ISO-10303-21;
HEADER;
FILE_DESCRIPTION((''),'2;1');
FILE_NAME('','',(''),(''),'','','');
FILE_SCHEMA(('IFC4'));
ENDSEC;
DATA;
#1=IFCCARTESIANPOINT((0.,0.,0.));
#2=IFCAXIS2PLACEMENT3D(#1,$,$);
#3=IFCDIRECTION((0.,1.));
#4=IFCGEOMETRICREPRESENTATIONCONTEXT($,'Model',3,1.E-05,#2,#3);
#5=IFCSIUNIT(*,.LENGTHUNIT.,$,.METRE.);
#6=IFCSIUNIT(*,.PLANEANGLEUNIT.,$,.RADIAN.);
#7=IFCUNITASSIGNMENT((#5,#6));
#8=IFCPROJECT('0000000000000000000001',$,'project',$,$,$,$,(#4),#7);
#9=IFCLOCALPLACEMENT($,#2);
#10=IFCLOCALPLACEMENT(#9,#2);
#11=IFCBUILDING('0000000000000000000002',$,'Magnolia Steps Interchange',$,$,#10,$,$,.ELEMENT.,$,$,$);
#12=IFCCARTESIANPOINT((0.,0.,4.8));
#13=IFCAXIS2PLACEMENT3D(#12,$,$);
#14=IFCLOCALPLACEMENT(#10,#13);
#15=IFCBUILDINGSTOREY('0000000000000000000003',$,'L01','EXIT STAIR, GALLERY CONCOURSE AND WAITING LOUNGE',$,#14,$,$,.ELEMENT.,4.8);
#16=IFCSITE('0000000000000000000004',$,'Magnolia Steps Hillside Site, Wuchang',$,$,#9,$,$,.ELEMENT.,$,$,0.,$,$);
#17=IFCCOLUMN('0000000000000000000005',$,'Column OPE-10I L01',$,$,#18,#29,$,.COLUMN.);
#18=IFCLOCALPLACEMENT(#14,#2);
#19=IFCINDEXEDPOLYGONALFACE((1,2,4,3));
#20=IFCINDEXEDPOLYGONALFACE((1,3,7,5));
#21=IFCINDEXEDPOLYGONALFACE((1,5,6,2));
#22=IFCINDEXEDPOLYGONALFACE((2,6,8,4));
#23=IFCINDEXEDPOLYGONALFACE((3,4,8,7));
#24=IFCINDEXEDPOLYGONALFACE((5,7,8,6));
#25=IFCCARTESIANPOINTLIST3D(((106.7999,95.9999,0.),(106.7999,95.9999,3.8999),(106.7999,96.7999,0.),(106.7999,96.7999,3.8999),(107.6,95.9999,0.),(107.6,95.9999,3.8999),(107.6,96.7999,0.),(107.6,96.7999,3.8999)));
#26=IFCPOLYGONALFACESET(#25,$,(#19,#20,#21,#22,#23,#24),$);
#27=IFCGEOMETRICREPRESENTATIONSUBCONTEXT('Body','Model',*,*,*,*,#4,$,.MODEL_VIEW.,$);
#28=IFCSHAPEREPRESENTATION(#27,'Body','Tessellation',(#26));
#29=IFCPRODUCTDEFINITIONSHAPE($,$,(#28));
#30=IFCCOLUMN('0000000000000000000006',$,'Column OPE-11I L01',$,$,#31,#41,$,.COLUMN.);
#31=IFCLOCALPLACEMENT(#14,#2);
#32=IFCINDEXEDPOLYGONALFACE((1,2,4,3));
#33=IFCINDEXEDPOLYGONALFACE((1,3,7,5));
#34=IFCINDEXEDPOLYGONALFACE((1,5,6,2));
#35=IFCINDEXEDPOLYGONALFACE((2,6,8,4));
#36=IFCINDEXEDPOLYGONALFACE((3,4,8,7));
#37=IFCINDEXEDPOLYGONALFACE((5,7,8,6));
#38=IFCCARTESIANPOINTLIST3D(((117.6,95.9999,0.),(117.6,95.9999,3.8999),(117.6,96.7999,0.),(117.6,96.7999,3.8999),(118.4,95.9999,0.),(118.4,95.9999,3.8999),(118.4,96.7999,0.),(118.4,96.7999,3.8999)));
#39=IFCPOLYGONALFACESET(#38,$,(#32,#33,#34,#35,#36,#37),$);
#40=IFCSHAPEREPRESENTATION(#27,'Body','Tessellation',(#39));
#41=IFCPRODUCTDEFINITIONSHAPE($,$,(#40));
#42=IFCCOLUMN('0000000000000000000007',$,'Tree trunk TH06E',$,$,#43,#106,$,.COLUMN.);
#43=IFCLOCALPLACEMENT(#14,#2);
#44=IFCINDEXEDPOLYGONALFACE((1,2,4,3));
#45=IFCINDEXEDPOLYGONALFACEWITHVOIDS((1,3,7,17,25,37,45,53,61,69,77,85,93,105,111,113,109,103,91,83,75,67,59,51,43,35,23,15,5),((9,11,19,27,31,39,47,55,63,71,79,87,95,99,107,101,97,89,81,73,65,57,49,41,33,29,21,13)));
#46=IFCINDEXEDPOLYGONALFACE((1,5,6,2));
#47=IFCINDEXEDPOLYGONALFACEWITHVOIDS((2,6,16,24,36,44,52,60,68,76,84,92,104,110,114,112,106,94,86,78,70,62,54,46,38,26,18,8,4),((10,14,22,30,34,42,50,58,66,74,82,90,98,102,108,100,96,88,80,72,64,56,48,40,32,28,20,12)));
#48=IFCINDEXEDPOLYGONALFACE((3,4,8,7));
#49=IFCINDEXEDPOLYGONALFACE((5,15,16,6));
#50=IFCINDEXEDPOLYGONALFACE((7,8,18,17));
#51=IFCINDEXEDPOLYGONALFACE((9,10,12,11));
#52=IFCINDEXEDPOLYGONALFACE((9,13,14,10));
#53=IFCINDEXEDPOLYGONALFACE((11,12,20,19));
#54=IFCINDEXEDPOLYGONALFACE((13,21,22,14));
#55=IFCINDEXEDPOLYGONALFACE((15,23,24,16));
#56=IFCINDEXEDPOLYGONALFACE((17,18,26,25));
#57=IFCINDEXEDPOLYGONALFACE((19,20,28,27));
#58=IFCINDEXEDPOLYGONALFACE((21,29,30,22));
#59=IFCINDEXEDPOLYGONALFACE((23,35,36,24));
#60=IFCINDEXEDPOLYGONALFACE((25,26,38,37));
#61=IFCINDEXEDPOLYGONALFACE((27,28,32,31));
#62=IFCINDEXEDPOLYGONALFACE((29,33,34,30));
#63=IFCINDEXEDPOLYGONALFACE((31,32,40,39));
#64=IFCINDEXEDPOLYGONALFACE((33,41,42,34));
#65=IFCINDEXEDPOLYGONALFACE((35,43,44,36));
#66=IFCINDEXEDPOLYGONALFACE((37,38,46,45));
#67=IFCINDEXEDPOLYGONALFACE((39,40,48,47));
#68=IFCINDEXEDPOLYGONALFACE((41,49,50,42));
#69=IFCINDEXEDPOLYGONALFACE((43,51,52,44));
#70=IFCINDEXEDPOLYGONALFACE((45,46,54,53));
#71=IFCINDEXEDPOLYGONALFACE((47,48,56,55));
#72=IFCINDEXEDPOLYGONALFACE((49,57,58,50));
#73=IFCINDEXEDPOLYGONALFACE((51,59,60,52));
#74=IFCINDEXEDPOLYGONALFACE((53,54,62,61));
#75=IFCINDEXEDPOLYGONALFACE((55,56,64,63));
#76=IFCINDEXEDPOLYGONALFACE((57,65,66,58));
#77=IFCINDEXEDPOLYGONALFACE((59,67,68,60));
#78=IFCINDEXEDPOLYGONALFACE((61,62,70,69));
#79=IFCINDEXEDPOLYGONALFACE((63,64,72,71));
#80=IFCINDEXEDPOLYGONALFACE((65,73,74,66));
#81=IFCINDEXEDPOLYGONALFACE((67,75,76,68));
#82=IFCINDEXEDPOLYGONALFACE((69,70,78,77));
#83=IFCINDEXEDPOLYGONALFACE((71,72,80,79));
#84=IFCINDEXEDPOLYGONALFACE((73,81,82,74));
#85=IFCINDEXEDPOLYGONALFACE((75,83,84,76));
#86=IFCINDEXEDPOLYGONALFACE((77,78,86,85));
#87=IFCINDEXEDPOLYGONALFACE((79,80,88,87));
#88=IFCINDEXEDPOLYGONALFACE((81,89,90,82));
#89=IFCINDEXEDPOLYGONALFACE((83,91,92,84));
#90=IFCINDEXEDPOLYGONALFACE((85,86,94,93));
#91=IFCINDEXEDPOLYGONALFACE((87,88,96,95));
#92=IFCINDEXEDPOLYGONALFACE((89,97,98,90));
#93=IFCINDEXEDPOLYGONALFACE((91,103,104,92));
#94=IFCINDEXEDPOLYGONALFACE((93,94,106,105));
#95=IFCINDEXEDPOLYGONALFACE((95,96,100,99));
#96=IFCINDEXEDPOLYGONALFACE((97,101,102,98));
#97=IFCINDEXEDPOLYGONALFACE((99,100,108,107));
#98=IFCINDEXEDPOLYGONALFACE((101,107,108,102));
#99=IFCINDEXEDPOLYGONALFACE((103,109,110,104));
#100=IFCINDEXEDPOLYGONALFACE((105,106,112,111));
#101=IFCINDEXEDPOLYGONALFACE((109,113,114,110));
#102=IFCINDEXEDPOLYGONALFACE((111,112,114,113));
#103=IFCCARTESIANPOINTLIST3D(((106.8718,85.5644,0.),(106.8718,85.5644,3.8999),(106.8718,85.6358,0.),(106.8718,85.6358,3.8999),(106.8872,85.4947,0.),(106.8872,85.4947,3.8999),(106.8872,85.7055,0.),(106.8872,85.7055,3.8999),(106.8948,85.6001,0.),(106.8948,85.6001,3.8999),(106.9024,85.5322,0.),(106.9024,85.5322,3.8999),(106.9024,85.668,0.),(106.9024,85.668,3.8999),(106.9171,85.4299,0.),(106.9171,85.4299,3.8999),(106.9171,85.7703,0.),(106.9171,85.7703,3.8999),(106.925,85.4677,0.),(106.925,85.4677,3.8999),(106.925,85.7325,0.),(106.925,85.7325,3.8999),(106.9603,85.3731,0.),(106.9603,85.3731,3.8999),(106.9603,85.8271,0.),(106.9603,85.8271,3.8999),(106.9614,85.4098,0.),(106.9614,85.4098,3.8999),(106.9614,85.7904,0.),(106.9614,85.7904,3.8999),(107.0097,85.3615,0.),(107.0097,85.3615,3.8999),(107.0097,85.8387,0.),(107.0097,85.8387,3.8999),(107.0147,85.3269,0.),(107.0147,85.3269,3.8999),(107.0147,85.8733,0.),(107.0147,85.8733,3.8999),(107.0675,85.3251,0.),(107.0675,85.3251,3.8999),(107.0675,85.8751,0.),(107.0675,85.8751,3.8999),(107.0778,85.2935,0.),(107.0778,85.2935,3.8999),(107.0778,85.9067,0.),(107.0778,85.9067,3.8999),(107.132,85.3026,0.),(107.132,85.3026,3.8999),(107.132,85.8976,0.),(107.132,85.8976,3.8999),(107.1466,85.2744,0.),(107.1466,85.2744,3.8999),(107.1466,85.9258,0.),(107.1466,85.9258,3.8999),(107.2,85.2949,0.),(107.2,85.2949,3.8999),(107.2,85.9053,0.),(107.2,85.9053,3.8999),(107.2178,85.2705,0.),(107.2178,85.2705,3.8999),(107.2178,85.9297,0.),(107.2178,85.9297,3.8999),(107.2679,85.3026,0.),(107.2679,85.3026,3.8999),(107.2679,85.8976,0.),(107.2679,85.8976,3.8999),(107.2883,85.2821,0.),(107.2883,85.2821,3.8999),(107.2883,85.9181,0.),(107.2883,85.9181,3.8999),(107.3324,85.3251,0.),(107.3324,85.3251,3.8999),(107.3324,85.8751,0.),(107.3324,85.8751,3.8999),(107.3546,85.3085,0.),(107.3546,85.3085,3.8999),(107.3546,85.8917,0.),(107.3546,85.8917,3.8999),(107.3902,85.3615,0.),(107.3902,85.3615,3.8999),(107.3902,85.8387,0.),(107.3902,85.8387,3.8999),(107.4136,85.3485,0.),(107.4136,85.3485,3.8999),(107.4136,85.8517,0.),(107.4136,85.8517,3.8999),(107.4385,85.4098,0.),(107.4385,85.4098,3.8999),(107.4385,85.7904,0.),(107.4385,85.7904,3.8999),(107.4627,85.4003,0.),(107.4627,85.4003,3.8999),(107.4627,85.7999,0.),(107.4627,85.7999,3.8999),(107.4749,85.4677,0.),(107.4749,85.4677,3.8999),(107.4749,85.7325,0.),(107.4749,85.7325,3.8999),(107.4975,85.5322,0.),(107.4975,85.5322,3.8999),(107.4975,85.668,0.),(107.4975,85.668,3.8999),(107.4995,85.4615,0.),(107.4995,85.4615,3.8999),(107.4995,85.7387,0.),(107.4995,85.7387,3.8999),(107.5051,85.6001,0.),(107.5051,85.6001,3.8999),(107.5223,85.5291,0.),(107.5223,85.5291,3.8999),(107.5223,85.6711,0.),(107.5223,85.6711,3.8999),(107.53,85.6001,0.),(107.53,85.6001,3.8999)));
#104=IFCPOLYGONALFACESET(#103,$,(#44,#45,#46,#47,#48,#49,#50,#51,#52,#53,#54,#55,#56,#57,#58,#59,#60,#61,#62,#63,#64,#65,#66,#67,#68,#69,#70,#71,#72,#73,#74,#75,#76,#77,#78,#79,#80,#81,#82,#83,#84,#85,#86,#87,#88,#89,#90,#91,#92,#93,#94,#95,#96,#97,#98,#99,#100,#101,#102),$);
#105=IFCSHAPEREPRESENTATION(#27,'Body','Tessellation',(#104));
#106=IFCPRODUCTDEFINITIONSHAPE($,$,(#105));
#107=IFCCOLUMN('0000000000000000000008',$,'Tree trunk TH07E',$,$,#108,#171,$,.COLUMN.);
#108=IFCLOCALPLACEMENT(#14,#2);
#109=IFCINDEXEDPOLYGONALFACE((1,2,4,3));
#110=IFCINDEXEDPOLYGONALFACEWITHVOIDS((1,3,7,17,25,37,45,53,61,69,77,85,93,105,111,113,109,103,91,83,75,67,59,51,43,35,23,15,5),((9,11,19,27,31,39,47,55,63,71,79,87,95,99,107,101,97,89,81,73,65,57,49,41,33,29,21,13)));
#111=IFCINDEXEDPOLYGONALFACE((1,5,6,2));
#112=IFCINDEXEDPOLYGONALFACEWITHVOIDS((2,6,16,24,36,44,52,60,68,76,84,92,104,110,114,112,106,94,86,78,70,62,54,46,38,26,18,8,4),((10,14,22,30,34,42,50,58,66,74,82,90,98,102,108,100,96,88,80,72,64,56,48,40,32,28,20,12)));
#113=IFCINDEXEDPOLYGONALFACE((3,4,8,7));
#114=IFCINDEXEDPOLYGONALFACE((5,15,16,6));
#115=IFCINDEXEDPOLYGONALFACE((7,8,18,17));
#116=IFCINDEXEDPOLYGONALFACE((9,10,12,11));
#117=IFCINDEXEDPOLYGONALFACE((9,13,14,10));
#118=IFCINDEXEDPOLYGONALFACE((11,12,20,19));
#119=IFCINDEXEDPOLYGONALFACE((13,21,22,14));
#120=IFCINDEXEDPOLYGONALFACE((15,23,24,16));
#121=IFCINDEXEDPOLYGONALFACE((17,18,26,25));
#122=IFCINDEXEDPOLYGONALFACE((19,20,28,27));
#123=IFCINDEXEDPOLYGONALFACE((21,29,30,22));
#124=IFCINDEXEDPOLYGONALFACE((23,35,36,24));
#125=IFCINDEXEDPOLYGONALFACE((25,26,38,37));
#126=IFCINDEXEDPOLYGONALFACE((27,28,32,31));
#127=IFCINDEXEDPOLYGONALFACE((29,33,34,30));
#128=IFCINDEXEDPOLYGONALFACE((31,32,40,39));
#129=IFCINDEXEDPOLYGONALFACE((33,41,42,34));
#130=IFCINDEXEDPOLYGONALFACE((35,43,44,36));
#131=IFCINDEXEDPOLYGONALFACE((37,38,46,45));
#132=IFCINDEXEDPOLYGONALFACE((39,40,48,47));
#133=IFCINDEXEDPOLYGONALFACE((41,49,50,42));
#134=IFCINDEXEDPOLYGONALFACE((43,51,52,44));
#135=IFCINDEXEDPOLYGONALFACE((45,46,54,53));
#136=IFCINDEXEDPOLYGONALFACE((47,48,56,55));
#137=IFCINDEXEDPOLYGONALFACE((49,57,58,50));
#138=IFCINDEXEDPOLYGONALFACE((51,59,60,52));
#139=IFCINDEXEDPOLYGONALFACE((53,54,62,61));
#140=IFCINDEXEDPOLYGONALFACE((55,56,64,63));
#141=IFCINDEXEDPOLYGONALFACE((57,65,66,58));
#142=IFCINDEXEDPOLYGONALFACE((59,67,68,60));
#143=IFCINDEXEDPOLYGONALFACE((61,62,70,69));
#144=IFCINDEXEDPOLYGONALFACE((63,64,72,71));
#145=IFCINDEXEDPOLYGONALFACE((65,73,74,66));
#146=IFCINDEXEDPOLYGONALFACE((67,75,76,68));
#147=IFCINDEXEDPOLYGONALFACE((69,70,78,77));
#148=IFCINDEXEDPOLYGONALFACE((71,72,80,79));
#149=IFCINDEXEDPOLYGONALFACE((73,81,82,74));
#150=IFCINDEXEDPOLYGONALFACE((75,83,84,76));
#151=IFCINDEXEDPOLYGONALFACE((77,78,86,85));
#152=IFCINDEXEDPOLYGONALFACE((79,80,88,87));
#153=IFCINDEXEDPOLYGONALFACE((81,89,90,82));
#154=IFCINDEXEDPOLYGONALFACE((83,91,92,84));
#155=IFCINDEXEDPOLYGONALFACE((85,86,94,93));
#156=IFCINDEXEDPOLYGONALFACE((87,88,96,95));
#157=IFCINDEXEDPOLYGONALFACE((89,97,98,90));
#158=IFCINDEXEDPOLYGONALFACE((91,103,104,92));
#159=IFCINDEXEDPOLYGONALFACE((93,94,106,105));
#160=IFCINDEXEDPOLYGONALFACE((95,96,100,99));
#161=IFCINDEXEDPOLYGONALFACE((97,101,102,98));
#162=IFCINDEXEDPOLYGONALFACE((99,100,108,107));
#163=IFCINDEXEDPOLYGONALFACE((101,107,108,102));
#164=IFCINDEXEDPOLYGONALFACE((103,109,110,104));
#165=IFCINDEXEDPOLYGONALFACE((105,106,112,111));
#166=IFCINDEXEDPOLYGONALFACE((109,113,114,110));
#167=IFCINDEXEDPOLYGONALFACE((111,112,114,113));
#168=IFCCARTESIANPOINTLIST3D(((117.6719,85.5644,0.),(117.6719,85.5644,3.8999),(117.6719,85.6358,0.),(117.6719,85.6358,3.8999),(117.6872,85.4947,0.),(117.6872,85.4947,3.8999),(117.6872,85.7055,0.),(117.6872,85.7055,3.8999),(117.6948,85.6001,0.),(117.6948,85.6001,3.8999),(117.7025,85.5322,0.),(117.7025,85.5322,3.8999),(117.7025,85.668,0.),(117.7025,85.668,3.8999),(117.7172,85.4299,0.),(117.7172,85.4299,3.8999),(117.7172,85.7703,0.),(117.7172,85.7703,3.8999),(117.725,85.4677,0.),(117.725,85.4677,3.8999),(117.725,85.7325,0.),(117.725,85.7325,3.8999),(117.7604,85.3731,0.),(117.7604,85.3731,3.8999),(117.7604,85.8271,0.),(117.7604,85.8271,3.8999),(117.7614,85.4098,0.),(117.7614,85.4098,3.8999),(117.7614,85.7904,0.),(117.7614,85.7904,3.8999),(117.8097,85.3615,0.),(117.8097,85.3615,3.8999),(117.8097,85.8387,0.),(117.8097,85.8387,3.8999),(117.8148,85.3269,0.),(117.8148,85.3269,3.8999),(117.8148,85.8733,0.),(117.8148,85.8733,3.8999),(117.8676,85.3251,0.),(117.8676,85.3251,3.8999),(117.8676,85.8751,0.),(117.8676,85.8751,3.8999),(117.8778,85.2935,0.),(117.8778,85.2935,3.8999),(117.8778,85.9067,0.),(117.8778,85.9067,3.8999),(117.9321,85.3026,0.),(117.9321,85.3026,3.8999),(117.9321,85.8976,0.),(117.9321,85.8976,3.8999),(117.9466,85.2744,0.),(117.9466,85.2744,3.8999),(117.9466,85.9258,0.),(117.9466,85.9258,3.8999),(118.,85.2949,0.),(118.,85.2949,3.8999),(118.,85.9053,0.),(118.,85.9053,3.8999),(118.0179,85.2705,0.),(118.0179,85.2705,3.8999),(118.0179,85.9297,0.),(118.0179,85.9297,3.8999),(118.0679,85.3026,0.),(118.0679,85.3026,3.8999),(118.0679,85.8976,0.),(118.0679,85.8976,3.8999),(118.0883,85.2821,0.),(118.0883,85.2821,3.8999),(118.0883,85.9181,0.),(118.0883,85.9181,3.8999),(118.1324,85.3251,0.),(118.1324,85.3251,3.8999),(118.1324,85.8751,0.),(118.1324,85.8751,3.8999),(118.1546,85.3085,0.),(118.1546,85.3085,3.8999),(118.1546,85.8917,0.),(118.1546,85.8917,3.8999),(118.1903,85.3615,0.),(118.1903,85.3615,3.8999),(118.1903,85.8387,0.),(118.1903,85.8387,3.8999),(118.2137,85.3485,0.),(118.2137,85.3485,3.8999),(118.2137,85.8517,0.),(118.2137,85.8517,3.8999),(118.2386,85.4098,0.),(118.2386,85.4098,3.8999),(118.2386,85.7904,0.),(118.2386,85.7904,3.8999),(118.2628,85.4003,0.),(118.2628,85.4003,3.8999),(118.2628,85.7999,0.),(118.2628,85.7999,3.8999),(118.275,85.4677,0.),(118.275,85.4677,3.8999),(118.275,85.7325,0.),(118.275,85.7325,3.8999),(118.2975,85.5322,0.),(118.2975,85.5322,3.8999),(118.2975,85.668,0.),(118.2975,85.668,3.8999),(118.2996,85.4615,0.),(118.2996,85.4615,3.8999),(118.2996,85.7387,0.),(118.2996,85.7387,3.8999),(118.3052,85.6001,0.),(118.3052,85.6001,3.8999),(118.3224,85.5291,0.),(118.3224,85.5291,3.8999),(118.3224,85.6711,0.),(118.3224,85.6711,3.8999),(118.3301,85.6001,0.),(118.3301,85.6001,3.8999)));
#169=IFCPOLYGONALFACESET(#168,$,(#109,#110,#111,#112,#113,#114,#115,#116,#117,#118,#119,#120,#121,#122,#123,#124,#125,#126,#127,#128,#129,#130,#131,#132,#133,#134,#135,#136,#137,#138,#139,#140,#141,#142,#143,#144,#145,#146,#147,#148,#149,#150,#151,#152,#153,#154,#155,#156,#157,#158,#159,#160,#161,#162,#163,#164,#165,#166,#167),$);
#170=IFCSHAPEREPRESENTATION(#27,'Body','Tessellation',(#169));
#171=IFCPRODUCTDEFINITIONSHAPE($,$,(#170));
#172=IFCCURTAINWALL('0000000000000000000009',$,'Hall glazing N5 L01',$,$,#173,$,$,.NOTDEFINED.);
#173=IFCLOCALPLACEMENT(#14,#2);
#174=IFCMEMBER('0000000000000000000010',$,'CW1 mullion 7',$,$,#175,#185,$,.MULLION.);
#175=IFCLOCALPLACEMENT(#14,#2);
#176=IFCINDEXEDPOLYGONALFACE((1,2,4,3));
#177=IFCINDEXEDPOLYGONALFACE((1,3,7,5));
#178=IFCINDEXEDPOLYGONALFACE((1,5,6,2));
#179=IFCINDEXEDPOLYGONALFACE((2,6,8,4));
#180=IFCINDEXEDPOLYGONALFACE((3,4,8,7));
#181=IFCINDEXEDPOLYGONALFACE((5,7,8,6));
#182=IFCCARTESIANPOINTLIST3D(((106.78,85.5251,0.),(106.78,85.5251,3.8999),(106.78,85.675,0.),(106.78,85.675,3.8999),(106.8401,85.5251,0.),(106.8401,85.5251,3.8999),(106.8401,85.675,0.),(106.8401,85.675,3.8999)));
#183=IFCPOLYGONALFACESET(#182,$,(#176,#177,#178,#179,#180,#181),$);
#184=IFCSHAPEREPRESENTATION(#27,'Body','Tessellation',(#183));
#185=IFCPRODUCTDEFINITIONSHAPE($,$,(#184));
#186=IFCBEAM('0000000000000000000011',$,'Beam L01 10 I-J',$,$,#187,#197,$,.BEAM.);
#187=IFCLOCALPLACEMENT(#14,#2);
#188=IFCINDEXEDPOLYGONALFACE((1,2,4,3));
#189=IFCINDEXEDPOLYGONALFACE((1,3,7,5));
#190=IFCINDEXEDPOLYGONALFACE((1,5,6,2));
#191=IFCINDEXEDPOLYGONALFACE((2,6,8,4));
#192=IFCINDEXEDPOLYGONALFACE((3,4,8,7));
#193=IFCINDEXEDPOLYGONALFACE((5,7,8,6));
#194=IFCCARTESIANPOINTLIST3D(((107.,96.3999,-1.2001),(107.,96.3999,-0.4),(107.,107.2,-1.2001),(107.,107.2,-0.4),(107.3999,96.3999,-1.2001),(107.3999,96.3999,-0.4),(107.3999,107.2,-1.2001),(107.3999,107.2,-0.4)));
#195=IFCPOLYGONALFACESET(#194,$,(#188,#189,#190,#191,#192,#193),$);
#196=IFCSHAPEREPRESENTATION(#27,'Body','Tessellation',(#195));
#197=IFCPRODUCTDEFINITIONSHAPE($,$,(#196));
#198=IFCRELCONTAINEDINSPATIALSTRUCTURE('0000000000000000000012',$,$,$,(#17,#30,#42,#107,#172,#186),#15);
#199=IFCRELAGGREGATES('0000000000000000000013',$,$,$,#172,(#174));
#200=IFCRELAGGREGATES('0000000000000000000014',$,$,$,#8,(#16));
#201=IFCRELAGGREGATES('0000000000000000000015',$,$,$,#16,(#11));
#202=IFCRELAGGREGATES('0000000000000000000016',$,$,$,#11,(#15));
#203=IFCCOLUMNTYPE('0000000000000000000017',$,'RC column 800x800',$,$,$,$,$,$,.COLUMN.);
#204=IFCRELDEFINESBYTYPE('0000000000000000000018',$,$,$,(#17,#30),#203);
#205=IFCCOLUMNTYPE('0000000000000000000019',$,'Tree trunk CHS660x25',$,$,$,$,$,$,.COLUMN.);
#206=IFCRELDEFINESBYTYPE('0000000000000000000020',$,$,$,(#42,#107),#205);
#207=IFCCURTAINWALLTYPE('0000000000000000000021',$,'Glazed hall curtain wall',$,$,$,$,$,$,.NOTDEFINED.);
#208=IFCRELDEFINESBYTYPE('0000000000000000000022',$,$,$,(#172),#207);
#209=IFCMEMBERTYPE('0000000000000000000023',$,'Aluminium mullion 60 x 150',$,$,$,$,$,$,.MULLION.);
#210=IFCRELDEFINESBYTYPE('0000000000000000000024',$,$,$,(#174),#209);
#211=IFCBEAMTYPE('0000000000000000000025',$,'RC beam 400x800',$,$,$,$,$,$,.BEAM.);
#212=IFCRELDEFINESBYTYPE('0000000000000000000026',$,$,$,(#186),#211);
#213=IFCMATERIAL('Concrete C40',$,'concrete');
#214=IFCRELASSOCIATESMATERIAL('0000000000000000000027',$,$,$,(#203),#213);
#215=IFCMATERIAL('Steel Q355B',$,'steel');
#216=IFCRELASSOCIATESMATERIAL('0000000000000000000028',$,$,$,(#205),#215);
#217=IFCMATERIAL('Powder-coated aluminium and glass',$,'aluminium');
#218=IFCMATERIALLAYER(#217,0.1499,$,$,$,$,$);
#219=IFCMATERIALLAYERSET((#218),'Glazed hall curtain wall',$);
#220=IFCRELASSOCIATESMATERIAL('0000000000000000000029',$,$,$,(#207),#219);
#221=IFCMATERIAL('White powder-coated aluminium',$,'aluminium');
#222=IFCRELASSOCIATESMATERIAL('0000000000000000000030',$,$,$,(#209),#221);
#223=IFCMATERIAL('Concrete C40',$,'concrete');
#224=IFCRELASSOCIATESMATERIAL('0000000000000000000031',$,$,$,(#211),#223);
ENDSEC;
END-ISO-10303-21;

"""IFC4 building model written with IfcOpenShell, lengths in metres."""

from ifc_helpers import new_model, si_unit, direction, frame, origin, origin_2d, place, context, subcontext, project, spatial, rectangle, hollow_circle, extrude, material, layer, layer_set, material_profile, profile_set, type_object, element, aggregate, save


model = new_model("IFC4")

# Units and contexts
model_context = context("Model", 3, precision=1e-05, world=origin(), true_north=direction((0.0, 1.0)))
body_context = subcontext(model_context, "Body", "Model", "MODEL_VIEW")
ifc_project = project(units=[si_unit("LENGTHUNIT", "METRE"), si_unit("PLANEANGLEUNIT", "RADIAN")], contexts=[model_context])

# Site, building, storey
site_placement = place(None, origin())
site = spatial("IfcSite", under=ifc_project, at=site_placement, Name="Magnolia Steps Hillside Site, Wuchang", CompositionType="ELEMENT", RefElevation=0.0)
building_placement = place(site_placement, origin())
building = spatial("IfcBuilding", under=site, at=building_placement, Name="Magnolia Steps Interchange", CompositionType="ELEMENT")
storey_placement = place(building_placement, frame((0.0, 0.0, 4.8)))
storey = spatial("IfcBuildingStorey", under=building, at=storey_placement, Name="L01", Description="EXIT STAIR, GALLERY CONCOURSE AND WAITING LOUNGE", CompositionType="ELEMENT", Elevation=4.8)

# Columns
ifc_material_1 = material(Name="Concrete C40", Category="concrete")
ifc_material_profile_1 = material_profile(ifc_material_1, rectangle(XDim=0.8, YDim=0.8, at=origin_2d()), Name="RC800x800")
ifc_profile_set_1 = profile_set([ifc_material_profile_1], Name="Concrete C40")
column_type_1 = type_object("IfcColumnType", Name="RC column 800x800", PredefinedType="COLUMN", material=ifc_profile_set_1)
for number, where, z_axis, x_axis, name in (
    (1, (107.2, 96.3999, 0.0), (0.0, 0.0, 1.0), (1.0, 0.0, 0.0), "Column OPE-10I L01"),
    (2, (118.0, 96.3999, 0.0), (0.0, 0.0, 1.0), (1.0, 0.0, 0.0), "Column OPE-11I L01"),
):
    element("IfcColumn", number, at=place(storey_placement, frame(where, z_axis=z_axis, x_axis=x_axis)), inside=storey, type_object=column_type_1, Name=name, PredefinedType="COLUMN", context=body_context, shape_type="SweptSolid", body=[
        extrude(rectangle(XDim=0.8, YDim=0.8, at=origin_2d()), origin(), (0.0, 0.0, 1.0), 3.8999),
    ])
ifc_material_2 = material(Name="Steel Q355B", Category="steel")
ifc_material_profile_2 = material_profile(ifc_material_2, hollow_circle(Radius=0.3301, WallThickness=0.0249, at=origin_2d()), Name="CHS660x25")
ifc_profile_set_2 = profile_set([ifc_material_profile_2], Name="Steel Q355B")
column_type_2 = type_object("IfcColumnType", Name="Tree trunk CHS660x25", PredefinedType="COLUMN", material=ifc_profile_set_2)
for number, where, z_axis, x_axis, name in (
    (3, (107.2, 85.6001, 0.0), (0.0, 0.0, 1.0), (1.0, 0.0, 0.0), "Tree trunk TH06E"),
    (4, (118.0, 85.6001, 0.0), (0.0, 0.0, 1.0), (1.0, 0.0, 0.0), "Tree trunk TH07E"),
):
    element("IfcColumn", number, at=place(storey_placement, frame(where, z_axis=z_axis, x_axis=x_axis)), inside=storey, type_object=column_type_2, Name=name, PredefinedType="COLUMN", context=body_context, shape_type="SweptSolid", body=[
        extrude(hollow_circle(Radius=0.3301, WallThickness=0.0249, at=origin_2d()), origin(), (0.0, 0.0, 1.0), 3.8999),
    ])

# Curtain wall, member
ifc_material_3 = material(Name="Powder-coated aluminium and glass", Category="aluminium")
ifc_layer_1 = layer(ifc_material_3, 0.1499)
ifc_layer_set_1 = layer_set([ifc_layer_1], Name="Glazed hall curtain wall")
curtain_wall_type = type_object("IfcCurtainWallType", Name="Glazed hall curtain wall", PredefinedType="NOTDEFINED", material=ifc_layer_set_1)
curtain_wall_placement = place(storey_placement, origin())
curtain_wall = element("IfcCurtainWall", 5, at=curtain_wall_placement, inside=storey, type_object=curtain_wall_type, Name="Hall glazing N5 L01", PredefinedType="NOTDEFINED")
ifc_material_4 = material(Name="White powder-coated aluminium", Category="aluminium")
ifc_material_profile_3 = material_profile(ifc_material_4, rectangle(XDim=0.0601, YDim=0.1499, at=origin_2d()), Name="Aluminium mullion 60 x 150")
ifc_profile_set_3 = profile_set([ifc_material_profile_3], Name="White powder-coated aluminium")
member_type = type_object("IfcMemberType", Name="Aluminium mullion 60 x 150", PredefinedType="MULLION", material=ifc_profile_set_3)
member_placement = place(storey_placement, frame((106.8101, 85.6001, 0.0), z_axis=(0.0, 0.0, 1.0), x_axis=(1.0, 0.0, 0.0)))
member = element("IfcMember", 6, at=member_placement, type_object=member_type, Name="CW1 mullion 7", PredefinedType="MULLION", context=body_context, shape_type="SweptSolid", body=[
    extrude(rectangle(XDim=0.0601, YDim=0.1499, at=origin_2d()), origin(), (0.0, 0.0, 1.0), 3.8999),
])
aggregate(curtain_wall, [member])

# Beam
ifc_material_5 = material(Name="Concrete C40", Category="concrete")
ifc_material_profile_4 = material_profile(ifc_material_5, rectangle(XDim=0.3999, YDim=0.8, at=origin_2d()), Name="RC400x800")
ifc_profile_set_4 = profile_set([ifc_material_profile_4], Name="Concrete C40")
beam_type_1 = type_object("IfcBeamType", Name="RC beam 400x800", PredefinedType="BEAM", material=ifc_profile_set_4)
beam_1_placement = place(storey_placement, frame((107.2, 96.3999, -0.8), z_axis=(0.0, 1.0, 0.0), x_axis=(-1.0, 0.0, 0.0)))
element("IfcBeam", 7, at=beam_1_placement, inside=storey, type_object=beam_type_1, Name="Beam L01 10 I-J", PredefinedType="BEAM", context=body_context, shape_type="SweptSolid", body=[
    extrude(rectangle(XDim=0.3999, YDim=0.8, at=origin_2d()), origin(), (0.0, 0.0, 1.0), 10.8),
])

save(model, "model.ifc")
